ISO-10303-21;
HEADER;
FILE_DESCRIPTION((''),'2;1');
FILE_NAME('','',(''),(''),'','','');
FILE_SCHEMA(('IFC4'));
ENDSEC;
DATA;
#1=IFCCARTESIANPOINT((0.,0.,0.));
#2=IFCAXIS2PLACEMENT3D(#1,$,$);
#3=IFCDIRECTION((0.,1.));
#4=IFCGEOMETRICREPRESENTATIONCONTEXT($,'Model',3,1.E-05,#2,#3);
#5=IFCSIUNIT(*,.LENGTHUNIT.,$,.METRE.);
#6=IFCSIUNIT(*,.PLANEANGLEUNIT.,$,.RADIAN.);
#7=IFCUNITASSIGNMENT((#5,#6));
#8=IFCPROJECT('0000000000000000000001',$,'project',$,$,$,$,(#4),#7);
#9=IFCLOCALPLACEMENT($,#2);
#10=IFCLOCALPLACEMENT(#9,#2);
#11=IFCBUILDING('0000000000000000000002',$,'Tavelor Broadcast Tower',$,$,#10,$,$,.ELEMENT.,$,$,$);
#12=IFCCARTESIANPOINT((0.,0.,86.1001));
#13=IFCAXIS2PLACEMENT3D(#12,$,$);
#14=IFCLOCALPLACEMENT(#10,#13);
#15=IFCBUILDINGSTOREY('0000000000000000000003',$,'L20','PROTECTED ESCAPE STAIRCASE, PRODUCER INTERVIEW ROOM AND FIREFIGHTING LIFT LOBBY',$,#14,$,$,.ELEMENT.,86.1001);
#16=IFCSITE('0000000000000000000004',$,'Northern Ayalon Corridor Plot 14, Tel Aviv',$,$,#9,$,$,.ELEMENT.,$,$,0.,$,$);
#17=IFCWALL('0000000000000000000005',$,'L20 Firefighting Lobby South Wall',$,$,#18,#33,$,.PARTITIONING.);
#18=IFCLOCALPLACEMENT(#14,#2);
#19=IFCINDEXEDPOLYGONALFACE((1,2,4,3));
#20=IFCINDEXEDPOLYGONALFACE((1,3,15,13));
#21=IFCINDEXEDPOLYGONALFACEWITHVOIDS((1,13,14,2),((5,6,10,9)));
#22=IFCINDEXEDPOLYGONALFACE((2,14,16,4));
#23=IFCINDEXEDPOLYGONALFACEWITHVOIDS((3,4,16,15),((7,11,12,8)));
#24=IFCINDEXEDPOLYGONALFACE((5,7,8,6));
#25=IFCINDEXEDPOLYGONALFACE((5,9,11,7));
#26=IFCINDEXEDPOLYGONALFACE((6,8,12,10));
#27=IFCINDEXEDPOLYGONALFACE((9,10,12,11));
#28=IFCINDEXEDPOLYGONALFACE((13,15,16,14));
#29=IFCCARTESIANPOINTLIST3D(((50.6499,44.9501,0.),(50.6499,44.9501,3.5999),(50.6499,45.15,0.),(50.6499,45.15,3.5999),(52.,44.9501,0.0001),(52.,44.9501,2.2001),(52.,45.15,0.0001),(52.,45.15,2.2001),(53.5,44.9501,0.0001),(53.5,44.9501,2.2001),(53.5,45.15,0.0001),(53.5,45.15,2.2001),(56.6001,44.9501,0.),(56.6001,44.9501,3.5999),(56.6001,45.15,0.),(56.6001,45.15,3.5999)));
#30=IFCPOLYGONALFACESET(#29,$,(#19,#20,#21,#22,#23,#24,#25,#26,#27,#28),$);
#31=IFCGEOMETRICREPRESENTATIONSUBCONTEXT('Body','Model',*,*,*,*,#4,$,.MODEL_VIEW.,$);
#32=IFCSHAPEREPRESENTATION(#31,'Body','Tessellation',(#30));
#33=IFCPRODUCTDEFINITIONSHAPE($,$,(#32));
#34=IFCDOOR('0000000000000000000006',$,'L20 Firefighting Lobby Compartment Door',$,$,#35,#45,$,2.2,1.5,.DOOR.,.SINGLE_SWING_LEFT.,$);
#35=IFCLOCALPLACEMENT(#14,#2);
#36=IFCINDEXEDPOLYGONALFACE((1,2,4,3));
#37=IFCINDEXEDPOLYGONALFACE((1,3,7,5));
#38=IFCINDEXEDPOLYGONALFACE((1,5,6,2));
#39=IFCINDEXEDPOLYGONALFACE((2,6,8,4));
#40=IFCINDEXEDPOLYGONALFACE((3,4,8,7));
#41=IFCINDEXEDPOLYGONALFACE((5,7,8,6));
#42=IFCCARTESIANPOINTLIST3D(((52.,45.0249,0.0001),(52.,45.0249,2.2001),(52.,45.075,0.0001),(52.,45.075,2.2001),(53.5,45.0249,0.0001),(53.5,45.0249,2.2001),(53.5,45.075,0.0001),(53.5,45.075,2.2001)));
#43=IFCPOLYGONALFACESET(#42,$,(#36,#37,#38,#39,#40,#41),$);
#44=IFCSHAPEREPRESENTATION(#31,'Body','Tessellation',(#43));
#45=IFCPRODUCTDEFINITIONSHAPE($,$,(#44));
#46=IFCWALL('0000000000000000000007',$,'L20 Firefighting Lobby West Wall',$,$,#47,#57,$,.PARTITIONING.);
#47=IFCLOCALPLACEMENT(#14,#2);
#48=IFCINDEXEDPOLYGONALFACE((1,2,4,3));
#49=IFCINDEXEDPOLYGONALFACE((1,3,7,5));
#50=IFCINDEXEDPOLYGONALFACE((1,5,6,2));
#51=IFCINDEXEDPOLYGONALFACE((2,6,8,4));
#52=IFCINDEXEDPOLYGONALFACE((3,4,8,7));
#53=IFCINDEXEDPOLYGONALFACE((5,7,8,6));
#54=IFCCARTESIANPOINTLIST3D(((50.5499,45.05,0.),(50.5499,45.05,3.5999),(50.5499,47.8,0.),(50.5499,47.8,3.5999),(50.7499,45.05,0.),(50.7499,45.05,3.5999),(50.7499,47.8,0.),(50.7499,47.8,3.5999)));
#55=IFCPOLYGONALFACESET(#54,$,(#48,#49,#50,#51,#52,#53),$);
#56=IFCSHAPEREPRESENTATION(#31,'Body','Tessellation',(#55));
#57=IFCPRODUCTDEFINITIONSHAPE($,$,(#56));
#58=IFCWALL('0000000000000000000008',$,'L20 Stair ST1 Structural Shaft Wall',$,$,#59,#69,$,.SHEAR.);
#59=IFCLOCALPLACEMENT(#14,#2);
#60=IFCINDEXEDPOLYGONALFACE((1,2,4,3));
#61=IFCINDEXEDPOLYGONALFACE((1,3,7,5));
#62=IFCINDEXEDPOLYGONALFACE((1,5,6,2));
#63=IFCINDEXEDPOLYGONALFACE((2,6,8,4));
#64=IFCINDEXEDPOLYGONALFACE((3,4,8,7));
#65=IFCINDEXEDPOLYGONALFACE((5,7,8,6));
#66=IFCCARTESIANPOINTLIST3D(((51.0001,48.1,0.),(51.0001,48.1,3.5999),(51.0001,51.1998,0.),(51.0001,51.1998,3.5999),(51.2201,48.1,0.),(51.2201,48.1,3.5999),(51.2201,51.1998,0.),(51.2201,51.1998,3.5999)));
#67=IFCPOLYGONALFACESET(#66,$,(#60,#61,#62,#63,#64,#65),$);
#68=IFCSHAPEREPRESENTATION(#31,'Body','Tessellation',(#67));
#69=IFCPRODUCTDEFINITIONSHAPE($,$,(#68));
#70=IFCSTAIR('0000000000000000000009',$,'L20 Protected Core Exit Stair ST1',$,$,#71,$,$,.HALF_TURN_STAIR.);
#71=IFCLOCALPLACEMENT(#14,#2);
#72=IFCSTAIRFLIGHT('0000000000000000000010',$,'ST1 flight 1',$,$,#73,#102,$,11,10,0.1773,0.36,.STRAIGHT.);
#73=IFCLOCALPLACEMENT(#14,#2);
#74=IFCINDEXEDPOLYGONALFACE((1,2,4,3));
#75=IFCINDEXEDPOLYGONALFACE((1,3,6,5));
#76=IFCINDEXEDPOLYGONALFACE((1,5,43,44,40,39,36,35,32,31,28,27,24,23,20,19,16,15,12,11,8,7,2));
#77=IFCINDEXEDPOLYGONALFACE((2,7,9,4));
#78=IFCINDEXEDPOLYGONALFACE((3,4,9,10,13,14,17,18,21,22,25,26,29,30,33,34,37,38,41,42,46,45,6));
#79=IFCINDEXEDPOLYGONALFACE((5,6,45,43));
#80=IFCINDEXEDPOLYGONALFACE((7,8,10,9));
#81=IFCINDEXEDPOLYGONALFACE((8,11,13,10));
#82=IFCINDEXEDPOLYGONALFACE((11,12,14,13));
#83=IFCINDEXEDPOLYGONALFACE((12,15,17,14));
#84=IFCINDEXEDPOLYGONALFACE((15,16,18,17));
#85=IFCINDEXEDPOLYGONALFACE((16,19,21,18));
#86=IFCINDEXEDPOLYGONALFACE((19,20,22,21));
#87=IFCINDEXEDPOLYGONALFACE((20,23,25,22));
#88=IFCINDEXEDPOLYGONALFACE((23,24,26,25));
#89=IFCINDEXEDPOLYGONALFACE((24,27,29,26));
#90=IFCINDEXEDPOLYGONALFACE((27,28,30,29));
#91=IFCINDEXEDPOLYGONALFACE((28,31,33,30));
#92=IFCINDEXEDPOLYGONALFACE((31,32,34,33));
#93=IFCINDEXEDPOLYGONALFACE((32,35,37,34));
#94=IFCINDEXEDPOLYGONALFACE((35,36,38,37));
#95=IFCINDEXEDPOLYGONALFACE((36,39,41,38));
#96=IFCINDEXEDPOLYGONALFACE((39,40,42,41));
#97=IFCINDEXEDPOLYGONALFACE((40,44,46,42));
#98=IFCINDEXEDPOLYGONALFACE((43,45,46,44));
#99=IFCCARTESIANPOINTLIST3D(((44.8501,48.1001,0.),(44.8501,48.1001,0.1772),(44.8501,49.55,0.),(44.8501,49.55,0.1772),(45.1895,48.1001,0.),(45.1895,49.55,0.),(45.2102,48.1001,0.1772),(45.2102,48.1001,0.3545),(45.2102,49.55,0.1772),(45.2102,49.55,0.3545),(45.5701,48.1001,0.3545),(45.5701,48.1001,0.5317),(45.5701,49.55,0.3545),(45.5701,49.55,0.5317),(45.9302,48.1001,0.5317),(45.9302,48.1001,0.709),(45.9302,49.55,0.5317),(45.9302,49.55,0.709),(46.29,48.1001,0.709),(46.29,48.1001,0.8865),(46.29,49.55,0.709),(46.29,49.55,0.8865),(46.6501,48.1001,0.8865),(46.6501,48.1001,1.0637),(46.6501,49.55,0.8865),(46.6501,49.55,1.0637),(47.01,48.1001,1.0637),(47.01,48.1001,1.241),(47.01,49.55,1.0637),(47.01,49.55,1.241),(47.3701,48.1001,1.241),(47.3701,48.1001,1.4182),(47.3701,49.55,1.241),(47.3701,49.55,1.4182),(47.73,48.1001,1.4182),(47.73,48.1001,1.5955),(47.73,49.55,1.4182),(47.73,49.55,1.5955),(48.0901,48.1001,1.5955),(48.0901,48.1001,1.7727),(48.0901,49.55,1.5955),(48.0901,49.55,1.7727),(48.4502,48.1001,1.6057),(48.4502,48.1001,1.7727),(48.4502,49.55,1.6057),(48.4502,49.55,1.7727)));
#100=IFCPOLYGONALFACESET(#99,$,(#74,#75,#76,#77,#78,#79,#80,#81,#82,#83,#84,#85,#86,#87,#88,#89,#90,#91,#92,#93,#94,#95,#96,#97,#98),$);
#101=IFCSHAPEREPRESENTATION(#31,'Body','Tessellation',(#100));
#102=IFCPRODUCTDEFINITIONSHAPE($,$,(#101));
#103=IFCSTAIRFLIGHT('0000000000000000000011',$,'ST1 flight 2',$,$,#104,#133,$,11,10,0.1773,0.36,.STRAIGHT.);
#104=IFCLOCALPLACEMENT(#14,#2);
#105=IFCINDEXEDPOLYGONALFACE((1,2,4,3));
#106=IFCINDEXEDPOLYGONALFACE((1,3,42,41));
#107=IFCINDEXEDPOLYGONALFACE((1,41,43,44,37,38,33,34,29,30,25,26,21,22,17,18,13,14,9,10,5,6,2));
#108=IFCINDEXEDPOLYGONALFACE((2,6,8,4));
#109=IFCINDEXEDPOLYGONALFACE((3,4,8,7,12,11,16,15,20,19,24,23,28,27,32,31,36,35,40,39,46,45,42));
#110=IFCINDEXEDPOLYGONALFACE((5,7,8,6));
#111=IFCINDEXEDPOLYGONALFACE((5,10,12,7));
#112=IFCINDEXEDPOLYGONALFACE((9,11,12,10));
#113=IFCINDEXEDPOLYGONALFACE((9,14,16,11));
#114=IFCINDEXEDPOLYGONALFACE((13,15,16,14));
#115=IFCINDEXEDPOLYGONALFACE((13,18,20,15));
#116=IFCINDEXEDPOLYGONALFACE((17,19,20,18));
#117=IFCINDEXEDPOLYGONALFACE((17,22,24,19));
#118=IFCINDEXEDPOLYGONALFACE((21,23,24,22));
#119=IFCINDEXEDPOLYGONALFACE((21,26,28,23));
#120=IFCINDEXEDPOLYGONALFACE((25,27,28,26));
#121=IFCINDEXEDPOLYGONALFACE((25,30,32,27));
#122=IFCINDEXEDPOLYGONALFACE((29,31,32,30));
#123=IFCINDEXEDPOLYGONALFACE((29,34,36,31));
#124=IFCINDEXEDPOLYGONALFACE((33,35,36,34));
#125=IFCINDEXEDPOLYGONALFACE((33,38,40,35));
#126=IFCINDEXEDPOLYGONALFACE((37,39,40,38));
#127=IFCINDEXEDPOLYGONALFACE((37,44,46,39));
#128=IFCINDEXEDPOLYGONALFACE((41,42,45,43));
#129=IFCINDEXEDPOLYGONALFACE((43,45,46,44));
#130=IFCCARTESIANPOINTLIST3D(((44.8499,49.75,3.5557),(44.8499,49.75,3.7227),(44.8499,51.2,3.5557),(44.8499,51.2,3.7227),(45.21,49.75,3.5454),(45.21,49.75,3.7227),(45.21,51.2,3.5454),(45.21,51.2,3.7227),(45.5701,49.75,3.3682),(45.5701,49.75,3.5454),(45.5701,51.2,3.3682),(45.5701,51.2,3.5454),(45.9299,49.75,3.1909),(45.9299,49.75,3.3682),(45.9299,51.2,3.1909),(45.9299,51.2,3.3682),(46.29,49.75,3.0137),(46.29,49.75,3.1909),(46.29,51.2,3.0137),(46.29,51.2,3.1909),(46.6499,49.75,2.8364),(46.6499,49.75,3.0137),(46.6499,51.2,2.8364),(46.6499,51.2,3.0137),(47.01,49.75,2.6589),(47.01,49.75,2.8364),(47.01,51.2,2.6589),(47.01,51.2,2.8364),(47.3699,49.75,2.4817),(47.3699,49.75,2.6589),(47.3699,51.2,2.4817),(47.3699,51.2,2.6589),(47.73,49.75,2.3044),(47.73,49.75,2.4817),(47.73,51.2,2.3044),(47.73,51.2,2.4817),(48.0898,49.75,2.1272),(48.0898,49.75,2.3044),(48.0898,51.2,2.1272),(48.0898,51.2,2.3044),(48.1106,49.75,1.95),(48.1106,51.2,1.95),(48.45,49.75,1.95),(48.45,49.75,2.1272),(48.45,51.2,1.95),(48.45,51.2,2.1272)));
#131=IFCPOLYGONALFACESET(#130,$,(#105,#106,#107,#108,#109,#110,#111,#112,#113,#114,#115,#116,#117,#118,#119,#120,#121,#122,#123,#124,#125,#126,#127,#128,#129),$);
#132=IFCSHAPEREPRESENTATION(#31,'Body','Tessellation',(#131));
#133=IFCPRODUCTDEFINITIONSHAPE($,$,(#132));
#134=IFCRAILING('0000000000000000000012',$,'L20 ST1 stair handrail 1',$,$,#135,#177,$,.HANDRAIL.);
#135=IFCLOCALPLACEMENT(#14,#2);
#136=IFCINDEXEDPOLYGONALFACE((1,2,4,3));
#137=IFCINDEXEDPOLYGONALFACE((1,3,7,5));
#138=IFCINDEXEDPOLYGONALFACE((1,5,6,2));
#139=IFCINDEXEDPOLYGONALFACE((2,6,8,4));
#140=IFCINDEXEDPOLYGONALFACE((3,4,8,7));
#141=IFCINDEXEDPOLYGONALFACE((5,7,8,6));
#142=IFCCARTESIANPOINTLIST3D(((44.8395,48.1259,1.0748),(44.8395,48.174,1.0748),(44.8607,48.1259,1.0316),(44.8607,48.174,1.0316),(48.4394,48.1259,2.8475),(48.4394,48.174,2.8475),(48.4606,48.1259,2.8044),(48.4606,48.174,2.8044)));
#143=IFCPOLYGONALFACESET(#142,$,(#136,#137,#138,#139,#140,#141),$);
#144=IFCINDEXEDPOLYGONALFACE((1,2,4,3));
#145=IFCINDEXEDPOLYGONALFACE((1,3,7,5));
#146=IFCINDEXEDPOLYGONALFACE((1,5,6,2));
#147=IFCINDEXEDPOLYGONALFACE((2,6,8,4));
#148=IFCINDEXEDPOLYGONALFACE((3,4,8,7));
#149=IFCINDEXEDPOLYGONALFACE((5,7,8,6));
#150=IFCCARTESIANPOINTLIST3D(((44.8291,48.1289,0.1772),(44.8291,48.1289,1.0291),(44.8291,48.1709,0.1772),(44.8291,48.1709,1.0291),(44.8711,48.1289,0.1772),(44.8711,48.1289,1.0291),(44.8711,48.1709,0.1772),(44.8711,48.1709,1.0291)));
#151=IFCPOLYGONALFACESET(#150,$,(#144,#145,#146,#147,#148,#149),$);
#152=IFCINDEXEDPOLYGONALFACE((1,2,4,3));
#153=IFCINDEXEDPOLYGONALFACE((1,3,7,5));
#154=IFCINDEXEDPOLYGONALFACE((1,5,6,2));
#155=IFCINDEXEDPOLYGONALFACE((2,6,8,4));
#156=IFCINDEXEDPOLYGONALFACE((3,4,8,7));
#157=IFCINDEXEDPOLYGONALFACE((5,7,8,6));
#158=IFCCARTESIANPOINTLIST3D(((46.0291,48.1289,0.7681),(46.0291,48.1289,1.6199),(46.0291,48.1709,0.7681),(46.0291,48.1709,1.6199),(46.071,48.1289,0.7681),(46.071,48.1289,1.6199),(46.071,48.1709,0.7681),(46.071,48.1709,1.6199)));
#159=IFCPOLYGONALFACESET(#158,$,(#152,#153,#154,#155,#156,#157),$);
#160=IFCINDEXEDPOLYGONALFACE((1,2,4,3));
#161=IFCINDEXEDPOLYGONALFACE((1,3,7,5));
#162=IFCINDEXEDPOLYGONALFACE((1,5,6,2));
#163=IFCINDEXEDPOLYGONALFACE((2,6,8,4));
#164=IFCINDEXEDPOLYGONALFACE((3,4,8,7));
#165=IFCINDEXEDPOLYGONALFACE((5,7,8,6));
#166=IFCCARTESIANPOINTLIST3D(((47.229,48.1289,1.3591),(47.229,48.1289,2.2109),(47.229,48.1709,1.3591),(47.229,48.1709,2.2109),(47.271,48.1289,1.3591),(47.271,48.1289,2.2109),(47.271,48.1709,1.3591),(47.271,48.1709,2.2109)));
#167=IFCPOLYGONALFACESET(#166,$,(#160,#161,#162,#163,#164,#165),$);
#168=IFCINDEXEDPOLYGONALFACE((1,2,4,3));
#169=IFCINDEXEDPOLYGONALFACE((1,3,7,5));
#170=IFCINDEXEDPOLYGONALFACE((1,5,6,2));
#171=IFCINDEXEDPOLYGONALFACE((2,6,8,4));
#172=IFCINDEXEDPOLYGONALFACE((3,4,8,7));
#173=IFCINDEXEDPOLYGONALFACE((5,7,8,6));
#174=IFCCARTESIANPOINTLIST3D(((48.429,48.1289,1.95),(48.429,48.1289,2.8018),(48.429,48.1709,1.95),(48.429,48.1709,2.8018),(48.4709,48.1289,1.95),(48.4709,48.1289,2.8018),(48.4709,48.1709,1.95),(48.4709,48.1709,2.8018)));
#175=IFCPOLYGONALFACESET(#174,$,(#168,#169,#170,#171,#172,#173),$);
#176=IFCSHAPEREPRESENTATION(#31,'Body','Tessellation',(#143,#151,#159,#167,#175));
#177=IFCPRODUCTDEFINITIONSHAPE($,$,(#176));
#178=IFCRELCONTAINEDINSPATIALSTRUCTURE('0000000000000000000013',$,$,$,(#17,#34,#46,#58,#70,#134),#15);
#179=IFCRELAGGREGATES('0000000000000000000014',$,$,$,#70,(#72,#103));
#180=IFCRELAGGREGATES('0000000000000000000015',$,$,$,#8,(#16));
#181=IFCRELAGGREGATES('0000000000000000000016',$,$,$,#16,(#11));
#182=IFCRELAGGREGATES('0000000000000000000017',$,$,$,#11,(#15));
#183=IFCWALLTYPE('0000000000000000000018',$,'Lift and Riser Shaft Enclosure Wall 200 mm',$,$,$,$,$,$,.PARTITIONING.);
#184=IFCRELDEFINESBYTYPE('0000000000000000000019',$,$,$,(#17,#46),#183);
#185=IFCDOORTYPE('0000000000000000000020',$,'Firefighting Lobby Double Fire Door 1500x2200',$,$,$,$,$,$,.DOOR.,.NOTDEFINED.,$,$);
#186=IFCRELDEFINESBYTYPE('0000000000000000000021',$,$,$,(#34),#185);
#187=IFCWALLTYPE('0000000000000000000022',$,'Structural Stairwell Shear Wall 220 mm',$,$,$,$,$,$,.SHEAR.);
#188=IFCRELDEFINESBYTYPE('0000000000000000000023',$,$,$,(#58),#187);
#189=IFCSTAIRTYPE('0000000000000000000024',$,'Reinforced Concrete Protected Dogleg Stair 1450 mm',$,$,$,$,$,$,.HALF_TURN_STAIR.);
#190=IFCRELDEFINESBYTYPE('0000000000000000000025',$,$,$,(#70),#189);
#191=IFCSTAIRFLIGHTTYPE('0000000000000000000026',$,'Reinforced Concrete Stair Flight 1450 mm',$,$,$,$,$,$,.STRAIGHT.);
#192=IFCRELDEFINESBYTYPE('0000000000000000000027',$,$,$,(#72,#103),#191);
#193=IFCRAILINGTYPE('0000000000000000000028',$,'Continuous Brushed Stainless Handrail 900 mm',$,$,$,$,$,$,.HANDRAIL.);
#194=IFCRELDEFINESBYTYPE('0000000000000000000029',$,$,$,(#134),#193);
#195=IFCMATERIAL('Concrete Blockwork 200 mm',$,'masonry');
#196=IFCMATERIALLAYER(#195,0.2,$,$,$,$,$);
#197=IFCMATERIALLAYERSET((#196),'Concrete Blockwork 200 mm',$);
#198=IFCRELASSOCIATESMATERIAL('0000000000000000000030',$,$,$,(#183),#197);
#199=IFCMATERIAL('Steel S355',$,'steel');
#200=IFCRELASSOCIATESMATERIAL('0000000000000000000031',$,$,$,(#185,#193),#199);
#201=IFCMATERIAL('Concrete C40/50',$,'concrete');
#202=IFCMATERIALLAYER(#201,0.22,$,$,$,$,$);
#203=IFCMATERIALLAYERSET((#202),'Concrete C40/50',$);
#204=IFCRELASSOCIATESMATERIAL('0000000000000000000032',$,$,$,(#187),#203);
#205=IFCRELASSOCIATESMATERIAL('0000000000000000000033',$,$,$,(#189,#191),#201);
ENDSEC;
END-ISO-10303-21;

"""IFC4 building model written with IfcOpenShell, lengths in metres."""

from ifc_helpers import new_model, si_unit, direction, frame, frame_2d, origin, origin_2d, place, context, subcontext, project, spatial, polyline, rectangle, outline, extrude, material, layer, layer_set, type_object, element, fill, aggregate, save


model = new_model("IFC4")

# Units and contexts
model_context = context("Model", 3, precision=1e-05, world=origin(), true_north=direction((0.0, 1.0)))
body_context = subcontext(model_context, "Body", "Model", "MODEL_VIEW")
ifc_project = project(units=[si_unit("LENGTHUNIT", "METRE"), si_unit("PLANEANGLEUNIT", "RADIAN")], contexts=[model_context])

# Site, building, storey
site_placement = place(None, origin())
site = spatial("IfcSite", under=ifc_project, at=site_placement, Name="Northern Ayalon Corridor Plot 14, Tel Aviv", CompositionType="ELEMENT", RefElevation=0.0)
building_placement = place(site_placement, origin())
building = spatial("IfcBuilding", under=site, at=building_placement, Name="Tavelor Broadcast Tower", CompositionType="ELEMENT")
storey_placement = place(building_placement, frame((0.0, 0.0, 86.1001)))
storey = spatial("IfcBuildingStorey", under=building, at=storey_placement, Name="L20", Description="PROTECTED ESCAPE STAIRCASE, PRODUCER INTERVIEW ROOM AND FIREFIGHTING LIFT LOBBY", CompositionType="ELEMENT", Elevation=86.1001)

# Shared definitions
ifc_material_1 = material(Name="Concrete C40/50", Category="concrete")
ifc_material_2 = material(Name="Steel S355", Category="steel")

# Shared definitions
ifc_material_3 = material(Name="Concrete Blockwork 200 mm", Category="masonry")
ifc_layer_1 = layer(ifc_material_3, 0.2)
ifc_layer_set_1 = layer_set([ifc_layer_1], Name="Concrete Blockwork 200 mm")
wall_type_1 = type_object("IfcWallType", Name="Lift and Riser Shaft Enclosure Wall 200 mm", PredefinedType="PARTITIONING", material=ifc_layer_set_1)

# Wall, opening, door
wall_1_placement = place(storey_placement, frame((50.6499, 45.05, 0.0), z_axis=(0.0, 0.0, 1.0), x_axis=(1.0, 0.0, 0.0)))
wall_1 = element("IfcWall", 1, at=wall_1_placement, inside=storey, type_object=wall_type_1, Name="L20 Firefighting Lobby South Wall", PredefinedType="PARTITIONING", context=body_context, shape_type="SweptSolid", body=[
    extrude(rectangle(XDim=5.9502, YDim=0.2, at=frame_2d((2.9751, 0.0))), origin(), (0.0, 0.0, 1.0), 3.5999),
])
opening_placement = place(wall_1_placement, frame((1.3501, 0.0, 0.0)))
opening = element("IfcOpeningElement", 2, at=opening_placement, cuts=wall_1, PredefinedType="OPENING", context=body_context, shape_type="SweptSolid", body=[
    extrude(rectangle(XDim=1.5, YDim=2.2, at=frame_2d((0.75, 1.1001))), frame((0.0, 0.1099, 0.0), z_axis=(0.0, -1.0, 0.0), x_axis=(1.0, 0.0, 0.0)), (0.0, 0.0, 1.0), 0.22),
])
door_type = type_object("IfcDoorType", Name="Firefighting Lobby Double Fire Door 1500x2200", OperationType="NOTDEFINED", PredefinedType="DOOR", material=ifc_material_2)
door_placement = place(opening_placement, origin())
door = element("IfcDoor", 3, at=door_placement, inside=storey, type_object=door_type, Name="L20 Firefighting Lobby Compartment Door", OperationType="SINGLE_SWING_LEFT", OverallHeight=2.2, OverallWidth=1.5, PredefinedType="DOOR", context=body_context, shape_type="SweptSolid", body=[
    extrude(rectangle(XDim=1.5, YDim=2.2, at=frame_2d((0.75, 1.1001))), frame((0.0, 0.0249, 0.0), z_axis=(0.0, -1.0, 0.0), x_axis=(1.0, 0.0, 0.0)), (0.0, 0.0, 1.0), 0.05),
])
fill(opening, door)

# Walls
wall_2_placement = place(storey_placement, frame((50.6499, 45.05, 0.0), z_axis=(0.0, 0.0, 1.0), x_axis=(0.0, 1.0, 0.0)))
element("IfcWall", 4, at=wall_2_placement, inside=storey, type_object=wall_type_1, Name="L20 Firefighting Lobby West Wall", PredefinedType="PARTITIONING", context=body_context, shape_type="SweptSolid", body=[
    extrude(rectangle(XDim=2.75, YDim=0.2, at=frame_2d((1.375, 0.0))), origin(), (0.0, 0.0, 1.0), 3.5999),
])
ifc_layer_2 = layer(ifc_material_1, 0.22)
ifc_layer_set_2 = layer_set([ifc_layer_2], Name="Concrete C40/50")
wall_type_2 = type_object("IfcWallType", Name="Structural Stairwell Shear Wall 220 mm", PredefinedType="SHEAR", material=ifc_layer_set_2)
wall_3_placement = place(storey_placement, frame((51.1101, 48.1001, 0.0), z_axis=(0.0, 0.0, 1.0), x_axis=(0.0, 1.0, 0.0)))
element("IfcWall", 5, at=wall_3_placement, inside=storey, type_object=wall_type_2, Name="L20 Stair ST1 Structural Shaft Wall", PredefinedType="SHEAR", context=body_context, shape_type="SweptSolid", body=[
    extrude(rectangle(XDim=3.0999, YDim=0.22, at=frame_2d((1.5498, 0.0))), origin(), (0.0, 0.0, 1.0), 3.5999),
])

# Stair, stair flights
stair_type = type_object("IfcStairType", Name="Reinforced Concrete Protected Dogleg Stair 1450 mm", PredefinedType="HALF_TURN_STAIR", material=ifc_material_1)
stair_placement = place(storey_placement, origin())
stair = element("IfcStair", 6, at=stair_placement, inside=storey, type_object=stair_type, Name="L20 Protected Core Exit Stair ST1", PredefinedType="HALF_TURN_STAIR")
stair_flight_type = type_object("IfcStairFlightType", Name="Reinforced Concrete Stair Flight 1450 mm", PredefinedType="STRAIGHT", material=ifc_material_1)
stair_flight_1_placement = place(storey_placement, frame((44.8501, 48.825, 0.0), z_axis=(0.0, 0.0, 1.0), x_axis=(1.0, 0.0, 0.0)))
stair_flight_1 = element("IfcStairFlight", 7, at=stair_flight_1_placement, type_object=stair_flight_type, Name="ST1 flight 1", NumberOfRisers=11, NumberOfTreads=10, PredefinedType="STRAIGHT", RiserHeight=0.1773, TreadLength=0.36, context=body_context, shape_type="SweptSolid", body=[
    extrude(outline(polyline([(0.0, 0.0), (0.0, 0.1772), (0.3601, 0.1772), (0.3601, 0.3545), (0.72, 0.3545), (0.72, 0.5317), (1.0801, 0.5317), (1.0801, 0.709), (1.4399, 0.709), (1.4399, 0.8865), (1.8, 0.8865), (1.8, 1.0637), (2.1599, 1.0637), (2.1599, 1.241), (2.52, 1.241), (2.52, 1.4182), (2.8799, 1.4182), (2.8799, 1.5955), (3.24, 1.5955), (3.24, 1.7727), (3.6001, 1.7727), (3.6001, 1.95), (3.6001, 1.6057), (0.3394, 0.0), (0.0, 0.0)])), frame((0.0, 0.7251, 0.0), z_axis=(0.0, -1.0, 0.0), x_axis=(1.0, 0.0, 0.0)), (0.0, 0.0, 1.0), 1.45),
])
stair_flight_2_placement = place(storey_placement, frame((48.45, 50.4751, 1.95), z_axis=(0.0, 0.0, 1.0), x_axis=(-1.0, 0.0, 0.0)))
stair_flight_2 = element("IfcStairFlight", 8, at=stair_flight_2_placement, type_object=stair_flight_type, Name="ST1 flight 2", NumberOfRisers=11, NumberOfTreads=10, PredefinedType="STRAIGHT", RiserHeight=0.1773, TreadLength=0.36, context=body_context, shape_type="SweptSolid", body=[
    extrude(outline(polyline([(0.0, 0.0), (0.0, 0.1772), (0.3601, 0.1772), (0.3601, 0.3545), (0.72, 0.3545), (0.72, 0.5317), (1.0801, 0.5317), (1.0801, 0.709), (1.4399, 0.709), (1.4399, 0.8865), (1.8, 0.8865), (1.8, 1.0637), (2.1599, 1.0637), (2.1599, 1.241), (2.52, 1.241), (2.52, 1.4182), (2.8799, 1.4182), (2.8799, 1.5955), (3.24, 1.5955), (3.24, 1.7727), (3.6001, 1.7727), (3.6001, 1.95), (3.6001, 1.6057), (0.3394, 0.0), (0.0, 0.0)])), frame((0.0, 0.7251, 0.0), z_axis=(0.0, -1.0, 0.0), x_axis=(1.0, 0.0, 0.0)), (0.0, 0.0, 1.0), 1.45),
])
aggregate(stair, [stair_flight_1, stair_flight_2])

# Railing
railing_type_1 = type_object("IfcRailingType", Name="Continuous Brushed Stainless Handrail 900 mm", PredefinedType="HANDRAIL", material=ifc_material_2)
railing_1_placement = place(storey_placement, frame((44.8501, 48.1499, 0.1772)))
element("IfcRailing", 9, at=railing_1_placement, inside=storey, type_object=railing_type_1, Name="L20 ST1 stair handrail 1", PredefinedType="HANDRAIL", context=body_context, shape_type="SweptSolid", body=[
    extrude(rectangle(XDim=0.0481, YDim=0.0481, at=origin_2d()), frame((0.0, 0.0, 0.876), z_axis=(0.897124, 0.0, 0.441778), x_axis=(0.0, 1.0, 0.0)), (0.0, 0.0, 1.0), 4.0127),
    extrude(rectangle(XDim=0.042, YDim=0.042, at=origin_2d()), origin(), (0.0, 0.0, 1.0), 0.8518),
    extrude(rectangle(XDim=0.042, YDim=0.042, at=origin_2d()), frame((1.2, 0.0, 0.5908)), (0.0, 0.0, 1.0), 0.8518),
    extrude(rectangle(XDim=0.042, YDim=0.042, at=origin_2d()), frame((2.3999, 0.0, 1.1819)), (0.0, 0.0, 1.0), 0.8518),
    extrude(rectangle(XDim=0.042, YDim=0.042, at=origin_2d()), frame((3.5999, 0.0, 1.7727)), (0.0, 0.0, 1.0), 0.8518),
])

save(model, "model.ifc")
